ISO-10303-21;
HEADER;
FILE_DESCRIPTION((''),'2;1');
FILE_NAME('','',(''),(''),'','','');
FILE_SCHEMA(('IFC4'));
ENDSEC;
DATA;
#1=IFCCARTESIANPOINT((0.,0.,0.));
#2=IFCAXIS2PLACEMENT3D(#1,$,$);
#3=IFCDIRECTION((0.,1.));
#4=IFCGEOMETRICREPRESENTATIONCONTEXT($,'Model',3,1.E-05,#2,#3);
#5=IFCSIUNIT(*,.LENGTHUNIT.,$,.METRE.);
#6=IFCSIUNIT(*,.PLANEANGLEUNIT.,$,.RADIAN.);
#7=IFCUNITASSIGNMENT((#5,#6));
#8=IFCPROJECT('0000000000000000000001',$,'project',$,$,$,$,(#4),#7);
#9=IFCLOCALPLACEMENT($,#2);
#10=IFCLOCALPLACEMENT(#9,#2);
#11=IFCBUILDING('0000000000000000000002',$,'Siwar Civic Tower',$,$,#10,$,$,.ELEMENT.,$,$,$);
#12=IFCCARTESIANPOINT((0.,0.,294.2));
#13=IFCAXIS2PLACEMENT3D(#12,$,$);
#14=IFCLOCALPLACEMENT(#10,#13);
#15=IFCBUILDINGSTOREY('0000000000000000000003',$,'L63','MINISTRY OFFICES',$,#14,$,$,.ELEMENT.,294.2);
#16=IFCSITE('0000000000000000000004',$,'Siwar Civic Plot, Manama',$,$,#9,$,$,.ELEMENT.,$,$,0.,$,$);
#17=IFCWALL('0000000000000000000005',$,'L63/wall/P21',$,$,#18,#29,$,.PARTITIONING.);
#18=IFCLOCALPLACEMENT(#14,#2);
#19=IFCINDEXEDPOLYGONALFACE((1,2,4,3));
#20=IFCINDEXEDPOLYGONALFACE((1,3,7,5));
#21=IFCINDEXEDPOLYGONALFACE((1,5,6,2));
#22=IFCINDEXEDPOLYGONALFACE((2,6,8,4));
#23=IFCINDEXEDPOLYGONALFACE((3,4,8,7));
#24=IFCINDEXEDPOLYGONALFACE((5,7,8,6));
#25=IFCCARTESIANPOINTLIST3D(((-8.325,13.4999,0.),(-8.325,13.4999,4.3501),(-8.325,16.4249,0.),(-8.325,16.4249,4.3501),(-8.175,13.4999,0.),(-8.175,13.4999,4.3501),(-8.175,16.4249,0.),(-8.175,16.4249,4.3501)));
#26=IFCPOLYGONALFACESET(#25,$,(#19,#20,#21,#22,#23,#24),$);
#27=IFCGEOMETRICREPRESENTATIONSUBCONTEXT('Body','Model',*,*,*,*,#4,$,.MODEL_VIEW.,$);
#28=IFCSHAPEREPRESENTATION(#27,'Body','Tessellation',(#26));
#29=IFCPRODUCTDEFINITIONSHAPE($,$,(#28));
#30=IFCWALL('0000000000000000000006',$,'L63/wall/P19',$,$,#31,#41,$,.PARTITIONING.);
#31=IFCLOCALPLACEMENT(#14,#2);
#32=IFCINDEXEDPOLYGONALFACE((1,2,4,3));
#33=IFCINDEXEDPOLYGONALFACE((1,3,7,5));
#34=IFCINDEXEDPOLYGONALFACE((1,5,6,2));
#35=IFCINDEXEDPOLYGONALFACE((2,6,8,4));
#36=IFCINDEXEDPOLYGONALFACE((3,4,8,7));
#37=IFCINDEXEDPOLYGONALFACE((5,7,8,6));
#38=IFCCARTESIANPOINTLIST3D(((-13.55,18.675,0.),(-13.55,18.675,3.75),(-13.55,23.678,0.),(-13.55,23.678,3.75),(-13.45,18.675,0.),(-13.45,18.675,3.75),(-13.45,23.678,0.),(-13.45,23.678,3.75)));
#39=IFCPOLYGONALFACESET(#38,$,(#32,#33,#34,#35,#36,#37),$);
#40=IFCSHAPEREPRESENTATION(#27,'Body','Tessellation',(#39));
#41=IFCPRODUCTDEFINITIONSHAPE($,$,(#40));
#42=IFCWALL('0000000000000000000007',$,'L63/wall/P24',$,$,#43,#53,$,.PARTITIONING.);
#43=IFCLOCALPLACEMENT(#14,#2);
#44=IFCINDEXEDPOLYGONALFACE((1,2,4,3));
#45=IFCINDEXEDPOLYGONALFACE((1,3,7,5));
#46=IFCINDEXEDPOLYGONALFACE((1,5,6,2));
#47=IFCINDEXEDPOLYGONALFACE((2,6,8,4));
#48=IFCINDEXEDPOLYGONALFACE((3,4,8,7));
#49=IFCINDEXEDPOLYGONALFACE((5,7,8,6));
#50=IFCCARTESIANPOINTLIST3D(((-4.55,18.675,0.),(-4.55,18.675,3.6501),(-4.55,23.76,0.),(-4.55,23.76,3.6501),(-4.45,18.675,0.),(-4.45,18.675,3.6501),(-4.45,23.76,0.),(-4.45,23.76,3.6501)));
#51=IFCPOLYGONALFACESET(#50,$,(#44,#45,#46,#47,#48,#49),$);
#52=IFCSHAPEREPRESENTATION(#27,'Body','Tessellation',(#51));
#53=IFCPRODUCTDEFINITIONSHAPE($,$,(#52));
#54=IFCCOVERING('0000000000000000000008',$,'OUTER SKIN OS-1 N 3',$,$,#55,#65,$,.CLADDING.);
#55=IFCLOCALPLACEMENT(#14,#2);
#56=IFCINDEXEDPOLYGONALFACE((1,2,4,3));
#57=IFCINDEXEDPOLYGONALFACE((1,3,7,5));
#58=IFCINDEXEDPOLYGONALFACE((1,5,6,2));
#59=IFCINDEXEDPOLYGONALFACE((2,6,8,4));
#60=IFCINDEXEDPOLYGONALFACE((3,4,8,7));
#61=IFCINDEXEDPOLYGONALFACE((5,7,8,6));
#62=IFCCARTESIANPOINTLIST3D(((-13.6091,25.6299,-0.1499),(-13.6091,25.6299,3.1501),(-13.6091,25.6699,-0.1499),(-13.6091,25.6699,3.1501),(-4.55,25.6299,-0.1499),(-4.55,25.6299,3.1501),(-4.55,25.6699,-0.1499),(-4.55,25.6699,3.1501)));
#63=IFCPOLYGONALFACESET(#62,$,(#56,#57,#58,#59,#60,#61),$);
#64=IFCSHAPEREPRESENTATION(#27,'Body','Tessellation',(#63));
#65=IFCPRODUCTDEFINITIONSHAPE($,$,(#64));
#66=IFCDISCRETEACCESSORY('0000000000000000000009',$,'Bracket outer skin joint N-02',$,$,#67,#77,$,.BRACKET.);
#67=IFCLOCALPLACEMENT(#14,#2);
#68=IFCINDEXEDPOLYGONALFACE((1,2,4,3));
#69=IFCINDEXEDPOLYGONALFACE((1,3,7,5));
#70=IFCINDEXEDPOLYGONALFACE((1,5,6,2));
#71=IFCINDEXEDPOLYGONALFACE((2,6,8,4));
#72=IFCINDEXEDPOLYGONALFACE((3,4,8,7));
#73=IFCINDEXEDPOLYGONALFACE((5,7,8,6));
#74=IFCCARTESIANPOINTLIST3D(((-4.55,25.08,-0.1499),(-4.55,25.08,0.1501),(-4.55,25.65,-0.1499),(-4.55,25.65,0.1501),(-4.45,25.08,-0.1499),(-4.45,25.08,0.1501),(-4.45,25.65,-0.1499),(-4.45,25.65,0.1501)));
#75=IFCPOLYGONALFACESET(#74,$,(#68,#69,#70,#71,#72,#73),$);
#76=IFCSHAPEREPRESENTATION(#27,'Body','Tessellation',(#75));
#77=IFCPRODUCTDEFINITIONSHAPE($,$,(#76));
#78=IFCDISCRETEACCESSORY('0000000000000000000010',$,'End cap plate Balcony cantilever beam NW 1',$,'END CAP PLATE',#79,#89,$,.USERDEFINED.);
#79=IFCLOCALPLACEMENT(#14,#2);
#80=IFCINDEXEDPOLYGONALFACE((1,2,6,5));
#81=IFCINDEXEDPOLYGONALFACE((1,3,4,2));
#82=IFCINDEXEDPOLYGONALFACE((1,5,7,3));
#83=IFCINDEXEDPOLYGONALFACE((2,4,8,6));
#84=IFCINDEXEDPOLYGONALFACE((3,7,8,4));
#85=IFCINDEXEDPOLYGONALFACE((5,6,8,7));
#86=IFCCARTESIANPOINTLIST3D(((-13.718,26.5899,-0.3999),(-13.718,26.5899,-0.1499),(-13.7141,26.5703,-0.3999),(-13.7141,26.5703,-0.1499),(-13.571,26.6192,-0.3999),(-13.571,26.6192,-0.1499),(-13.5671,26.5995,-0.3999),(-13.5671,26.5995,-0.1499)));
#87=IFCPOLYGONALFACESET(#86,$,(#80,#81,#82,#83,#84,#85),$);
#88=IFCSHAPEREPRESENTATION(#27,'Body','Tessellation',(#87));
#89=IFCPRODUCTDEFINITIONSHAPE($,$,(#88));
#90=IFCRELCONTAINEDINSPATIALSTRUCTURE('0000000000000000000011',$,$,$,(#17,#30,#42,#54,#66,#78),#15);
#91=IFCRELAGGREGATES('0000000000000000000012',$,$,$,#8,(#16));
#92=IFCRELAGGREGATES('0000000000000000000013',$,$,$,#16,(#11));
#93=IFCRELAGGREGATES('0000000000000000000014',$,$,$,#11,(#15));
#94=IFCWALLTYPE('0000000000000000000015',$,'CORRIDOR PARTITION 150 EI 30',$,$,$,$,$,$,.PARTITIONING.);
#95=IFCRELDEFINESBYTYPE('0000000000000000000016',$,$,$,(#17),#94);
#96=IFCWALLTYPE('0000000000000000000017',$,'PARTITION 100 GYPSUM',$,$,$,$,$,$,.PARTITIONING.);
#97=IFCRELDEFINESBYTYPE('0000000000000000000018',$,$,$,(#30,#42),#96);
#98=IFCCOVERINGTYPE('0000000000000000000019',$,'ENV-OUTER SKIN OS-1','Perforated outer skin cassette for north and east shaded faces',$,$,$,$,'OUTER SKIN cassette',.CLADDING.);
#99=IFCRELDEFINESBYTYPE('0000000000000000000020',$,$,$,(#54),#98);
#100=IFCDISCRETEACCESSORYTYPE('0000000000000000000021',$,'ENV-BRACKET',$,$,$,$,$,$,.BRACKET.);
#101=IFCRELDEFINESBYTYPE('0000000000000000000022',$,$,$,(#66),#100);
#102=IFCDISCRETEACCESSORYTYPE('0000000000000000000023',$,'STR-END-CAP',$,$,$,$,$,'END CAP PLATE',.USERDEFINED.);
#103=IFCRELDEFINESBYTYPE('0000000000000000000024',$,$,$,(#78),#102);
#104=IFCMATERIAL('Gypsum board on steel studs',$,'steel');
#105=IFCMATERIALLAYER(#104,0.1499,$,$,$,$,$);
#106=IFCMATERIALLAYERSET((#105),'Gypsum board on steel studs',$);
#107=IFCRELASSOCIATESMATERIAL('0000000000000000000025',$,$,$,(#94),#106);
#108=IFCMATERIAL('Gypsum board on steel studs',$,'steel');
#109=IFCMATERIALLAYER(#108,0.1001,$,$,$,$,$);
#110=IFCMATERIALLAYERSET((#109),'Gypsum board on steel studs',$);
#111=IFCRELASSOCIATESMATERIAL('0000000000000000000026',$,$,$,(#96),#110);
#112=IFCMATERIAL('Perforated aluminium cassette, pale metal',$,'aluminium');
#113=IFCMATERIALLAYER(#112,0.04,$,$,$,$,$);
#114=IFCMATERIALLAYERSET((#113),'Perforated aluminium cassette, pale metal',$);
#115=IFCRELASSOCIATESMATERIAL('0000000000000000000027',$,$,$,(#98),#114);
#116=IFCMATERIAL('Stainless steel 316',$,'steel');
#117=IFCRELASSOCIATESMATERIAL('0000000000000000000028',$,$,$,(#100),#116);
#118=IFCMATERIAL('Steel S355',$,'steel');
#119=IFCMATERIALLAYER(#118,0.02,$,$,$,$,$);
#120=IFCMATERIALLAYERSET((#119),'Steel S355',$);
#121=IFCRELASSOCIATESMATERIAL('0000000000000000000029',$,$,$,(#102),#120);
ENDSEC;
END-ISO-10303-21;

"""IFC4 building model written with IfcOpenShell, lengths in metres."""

from ifc_helpers import new_model, si_unit, direction, frame, frame_2d, origin, origin_2d, place, context, subcontext, project, spatial, rectangle, extrude, material, layer, layer_set, type_object, element, save


model = new_model("IFC4")

# Units and contexts
model_context = context("Model", 3, precision=1e-05, world=origin(), true_north=direction((0.0, 1.0)))
body_context = subcontext(model_context, "Body", "Model", "MODEL_VIEW")
ifc_project = project(units=[si_unit("LENGTHUNIT", "METRE"), si_unit("PLANEANGLEUNIT", "RADIAN")], contexts=[model_context])

# Site, building, storey
site_placement = place(None, origin())
site = spatial("IfcSite", under=ifc_project, at=site_placement, Name="Siwar Civic Plot, Manama", CompositionType="ELEMENT", RefElevation=0.0)
building_placement = place(site_placement, origin())
building = spatial("IfcBuilding", under=site, at=building_placement, Name="Siwar Civic Tower", CompositionType="ELEMENT")
storey_placement = place(building_placement, frame((0.0, 0.0, 294.2)))
storey = spatial("IfcBuildingStorey", under=building, at=storey_placement, Name="L63", Description="MINISTRY OFFICES", CompositionType="ELEMENT", Elevation=294.2)

# Shared definitions
ifc_material_1 = material(Name="Gypsum board on steel studs", Category="steel")
ifc_layer_1 = layer(ifc_material_1, 0.1499)
ifc_layer_set_1 = layer_set([ifc_layer_1], Name="Gypsum board on steel studs")
wall_type_1 = type_object("IfcWallType", Name="CORRIDOR PARTITION 150 EI 30", PredefinedType="PARTITIONING", material=ifc_layer_set_1)

# Walls
wall_1_placement = place(storey_placement, frame((-8.25, 13.5, 0.0), z_axis=(0.0, 0.0, 1.0), x_axis=(0.0, 1.0, 0.0)))
element("IfcWall", 1, at=wall_1_placement, inside=storey, type_object=wall_type_1, Name="L63/wall/P21", PredefinedType="PARTITIONING", context=body_context, shape_type="SweptSolid", body=[
    extrude(rectangle(XDim=2.925, YDim=0.1499, at=frame_2d((1.4624, 0.0))), origin(), (0.0, 0.0, 1.0), 4.3501),
])
ifc_material_2 = material(Name="Gypsum board on steel studs", Category="steel")
ifc_layer_2 = layer(ifc_material_2, 0.1001)
ifc_layer_set_2 = layer_set([ifc_layer_2], Name="Gypsum board on steel studs")
wall_type_2 = type_object("IfcWallType", Name="PARTITION 100 GYPSUM", PredefinedType="PARTITIONING", material=ifc_layer_set_2)
wall_2_placement = place(storey_placement, frame((-13.5, 18.675, 0.0), z_axis=(0.0, 0.0, 1.0), x_axis=(0.0, 1.0, 0.0)))
element("IfcWall", 2, at=wall_2_placement, inside=storey, type_object=wall_type_2, Name="L63/wall/P19", PredefinedType="PARTITIONING", context=body_context, shape_type="SweptSolid", body=[
    extrude(rectangle(XDim=5.0029, YDim=0.1001, at=frame_2d((2.5015, 0.0))), origin(), (0.0, 0.0, 1.0), 3.75),
])
wall_3_placement = place(storey_placement, frame((-4.5, 18.675, 0.0), z_axis=(0.0, 0.0, 1.0), x_axis=(0.0, 1.0, 0.0)))
element("IfcWall", 3, at=wall_3_placement, inside=storey, type_object=wall_type_2, Name="L63/wall/P24", PredefinedType="PARTITIONING", context=body_context, shape_type="SweptSolid", body=[
    extrude(rectangle(XDim=5.085, YDim=0.1001, at=frame_2d((2.5425, 0.0))), origin(), (0.0, 0.0, 1.0), 3.6501),
])

# Covering
ifc_material_3 = material(Name="Perforated aluminium cassette, pale metal", Category="aluminium")
ifc_layer_3 = layer(ifc_material_3, 0.04)
ifc_layer_set_3 = layer_set([ifc_layer_3], Name="Perforated aluminium cassette, pale metal")
covering_type = type_object("IfcCoveringType", Name="ENV-OUTER SKIN OS-1", Description="Perforated outer skin cassette for north and east shaded faces", ElementType="OUTER SKIN cassette", PredefinedType="CLADDING", material=ifc_layer_set_3)
covering_placement = place(storey_placement, frame((-9.0796, 25.6499, -0.1499), z_axis=(0.0, 0.0, 1.0), x_axis=(-1.0, 0.0, 0.0)))
element("IfcCovering", 4, at=covering_placement, inside=storey, type_object=covering_type, Name="OUTER SKIN OS-1 N 3", PredefinedType="CLADDING", context=body_context, shape_type="SweptSolid", body=[
    extrude(rectangle(XDim=9.0591, YDim=0.04, at=origin_2d()), origin(), (0.0, 0.0, 1.0), 3.3),
])

# Discrete accessories
ifc_material_4 = material(Name="Stainless steel 316", Category="steel")
discrete_accessory_type_1 = type_object("IfcDiscreteAccessoryType", Name="ENV-BRACKET", PredefinedType="BRACKET", material=ifc_material_4)
discrete_accessory_1_placement = place(storey_placement, frame((-4.5, 25.365, -0.1499), z_axis=(0.0, 0.0, 1.0), x_axis=(0.0, 1.0, 0.0)))
element("IfcDiscreteAccessory", 5, at=discrete_accessory_1_placement, inside=storey, type_object=discrete_accessory_type_1, Name="Bracket outer skin joint N-02", PredefinedType="BRACKET", context=body_context, shape_type="SweptSolid", body=[
    extrude(rectangle(XDim=0.5701, YDim=0.1001, at=origin_2d()), origin(), (0.0, 0.0, 1.0), 0.3),
])
ifc_material_5 = material(Name="Steel S355", Category="steel")
ifc_layer_4 = layer(ifc_material_5, 0.02)
ifc_layer_set_4 = layer_set([ifc_layer_4], Name="Steel S355")
discrete_accessory_type_2 = type_object("IfcDiscreteAccessoryType", Name="STR-END-CAP", ElementType="END CAP PLATE", PredefinedType="USERDEFINED", material=ifc_layer_set_4)
discrete_accessory_2_placement = place(storey_placement, frame((-13.6426, 26.5947, -0.3999), z_axis=(0.0, 0.0, 1.0), x_axis=(-0.19509, 0.980785, 0.0)))
element("IfcDiscreteAccessory", 6, at=discrete_accessory_2_placement, inside=storey, type_object=discrete_accessory_type_2, Name="End cap plate Balcony cantilever beam NW 1", ObjectType="END CAP PLATE", PredefinedType="USERDEFINED", context=body_context, shape_type="SweptSolid", body=[
    extrude(rectangle(XDim=0.02, YDim=0.1499, at=origin_2d()), origin(), (0.0, 0.0, 1.0), 0.25),
])

save(model, "model.ifc")
